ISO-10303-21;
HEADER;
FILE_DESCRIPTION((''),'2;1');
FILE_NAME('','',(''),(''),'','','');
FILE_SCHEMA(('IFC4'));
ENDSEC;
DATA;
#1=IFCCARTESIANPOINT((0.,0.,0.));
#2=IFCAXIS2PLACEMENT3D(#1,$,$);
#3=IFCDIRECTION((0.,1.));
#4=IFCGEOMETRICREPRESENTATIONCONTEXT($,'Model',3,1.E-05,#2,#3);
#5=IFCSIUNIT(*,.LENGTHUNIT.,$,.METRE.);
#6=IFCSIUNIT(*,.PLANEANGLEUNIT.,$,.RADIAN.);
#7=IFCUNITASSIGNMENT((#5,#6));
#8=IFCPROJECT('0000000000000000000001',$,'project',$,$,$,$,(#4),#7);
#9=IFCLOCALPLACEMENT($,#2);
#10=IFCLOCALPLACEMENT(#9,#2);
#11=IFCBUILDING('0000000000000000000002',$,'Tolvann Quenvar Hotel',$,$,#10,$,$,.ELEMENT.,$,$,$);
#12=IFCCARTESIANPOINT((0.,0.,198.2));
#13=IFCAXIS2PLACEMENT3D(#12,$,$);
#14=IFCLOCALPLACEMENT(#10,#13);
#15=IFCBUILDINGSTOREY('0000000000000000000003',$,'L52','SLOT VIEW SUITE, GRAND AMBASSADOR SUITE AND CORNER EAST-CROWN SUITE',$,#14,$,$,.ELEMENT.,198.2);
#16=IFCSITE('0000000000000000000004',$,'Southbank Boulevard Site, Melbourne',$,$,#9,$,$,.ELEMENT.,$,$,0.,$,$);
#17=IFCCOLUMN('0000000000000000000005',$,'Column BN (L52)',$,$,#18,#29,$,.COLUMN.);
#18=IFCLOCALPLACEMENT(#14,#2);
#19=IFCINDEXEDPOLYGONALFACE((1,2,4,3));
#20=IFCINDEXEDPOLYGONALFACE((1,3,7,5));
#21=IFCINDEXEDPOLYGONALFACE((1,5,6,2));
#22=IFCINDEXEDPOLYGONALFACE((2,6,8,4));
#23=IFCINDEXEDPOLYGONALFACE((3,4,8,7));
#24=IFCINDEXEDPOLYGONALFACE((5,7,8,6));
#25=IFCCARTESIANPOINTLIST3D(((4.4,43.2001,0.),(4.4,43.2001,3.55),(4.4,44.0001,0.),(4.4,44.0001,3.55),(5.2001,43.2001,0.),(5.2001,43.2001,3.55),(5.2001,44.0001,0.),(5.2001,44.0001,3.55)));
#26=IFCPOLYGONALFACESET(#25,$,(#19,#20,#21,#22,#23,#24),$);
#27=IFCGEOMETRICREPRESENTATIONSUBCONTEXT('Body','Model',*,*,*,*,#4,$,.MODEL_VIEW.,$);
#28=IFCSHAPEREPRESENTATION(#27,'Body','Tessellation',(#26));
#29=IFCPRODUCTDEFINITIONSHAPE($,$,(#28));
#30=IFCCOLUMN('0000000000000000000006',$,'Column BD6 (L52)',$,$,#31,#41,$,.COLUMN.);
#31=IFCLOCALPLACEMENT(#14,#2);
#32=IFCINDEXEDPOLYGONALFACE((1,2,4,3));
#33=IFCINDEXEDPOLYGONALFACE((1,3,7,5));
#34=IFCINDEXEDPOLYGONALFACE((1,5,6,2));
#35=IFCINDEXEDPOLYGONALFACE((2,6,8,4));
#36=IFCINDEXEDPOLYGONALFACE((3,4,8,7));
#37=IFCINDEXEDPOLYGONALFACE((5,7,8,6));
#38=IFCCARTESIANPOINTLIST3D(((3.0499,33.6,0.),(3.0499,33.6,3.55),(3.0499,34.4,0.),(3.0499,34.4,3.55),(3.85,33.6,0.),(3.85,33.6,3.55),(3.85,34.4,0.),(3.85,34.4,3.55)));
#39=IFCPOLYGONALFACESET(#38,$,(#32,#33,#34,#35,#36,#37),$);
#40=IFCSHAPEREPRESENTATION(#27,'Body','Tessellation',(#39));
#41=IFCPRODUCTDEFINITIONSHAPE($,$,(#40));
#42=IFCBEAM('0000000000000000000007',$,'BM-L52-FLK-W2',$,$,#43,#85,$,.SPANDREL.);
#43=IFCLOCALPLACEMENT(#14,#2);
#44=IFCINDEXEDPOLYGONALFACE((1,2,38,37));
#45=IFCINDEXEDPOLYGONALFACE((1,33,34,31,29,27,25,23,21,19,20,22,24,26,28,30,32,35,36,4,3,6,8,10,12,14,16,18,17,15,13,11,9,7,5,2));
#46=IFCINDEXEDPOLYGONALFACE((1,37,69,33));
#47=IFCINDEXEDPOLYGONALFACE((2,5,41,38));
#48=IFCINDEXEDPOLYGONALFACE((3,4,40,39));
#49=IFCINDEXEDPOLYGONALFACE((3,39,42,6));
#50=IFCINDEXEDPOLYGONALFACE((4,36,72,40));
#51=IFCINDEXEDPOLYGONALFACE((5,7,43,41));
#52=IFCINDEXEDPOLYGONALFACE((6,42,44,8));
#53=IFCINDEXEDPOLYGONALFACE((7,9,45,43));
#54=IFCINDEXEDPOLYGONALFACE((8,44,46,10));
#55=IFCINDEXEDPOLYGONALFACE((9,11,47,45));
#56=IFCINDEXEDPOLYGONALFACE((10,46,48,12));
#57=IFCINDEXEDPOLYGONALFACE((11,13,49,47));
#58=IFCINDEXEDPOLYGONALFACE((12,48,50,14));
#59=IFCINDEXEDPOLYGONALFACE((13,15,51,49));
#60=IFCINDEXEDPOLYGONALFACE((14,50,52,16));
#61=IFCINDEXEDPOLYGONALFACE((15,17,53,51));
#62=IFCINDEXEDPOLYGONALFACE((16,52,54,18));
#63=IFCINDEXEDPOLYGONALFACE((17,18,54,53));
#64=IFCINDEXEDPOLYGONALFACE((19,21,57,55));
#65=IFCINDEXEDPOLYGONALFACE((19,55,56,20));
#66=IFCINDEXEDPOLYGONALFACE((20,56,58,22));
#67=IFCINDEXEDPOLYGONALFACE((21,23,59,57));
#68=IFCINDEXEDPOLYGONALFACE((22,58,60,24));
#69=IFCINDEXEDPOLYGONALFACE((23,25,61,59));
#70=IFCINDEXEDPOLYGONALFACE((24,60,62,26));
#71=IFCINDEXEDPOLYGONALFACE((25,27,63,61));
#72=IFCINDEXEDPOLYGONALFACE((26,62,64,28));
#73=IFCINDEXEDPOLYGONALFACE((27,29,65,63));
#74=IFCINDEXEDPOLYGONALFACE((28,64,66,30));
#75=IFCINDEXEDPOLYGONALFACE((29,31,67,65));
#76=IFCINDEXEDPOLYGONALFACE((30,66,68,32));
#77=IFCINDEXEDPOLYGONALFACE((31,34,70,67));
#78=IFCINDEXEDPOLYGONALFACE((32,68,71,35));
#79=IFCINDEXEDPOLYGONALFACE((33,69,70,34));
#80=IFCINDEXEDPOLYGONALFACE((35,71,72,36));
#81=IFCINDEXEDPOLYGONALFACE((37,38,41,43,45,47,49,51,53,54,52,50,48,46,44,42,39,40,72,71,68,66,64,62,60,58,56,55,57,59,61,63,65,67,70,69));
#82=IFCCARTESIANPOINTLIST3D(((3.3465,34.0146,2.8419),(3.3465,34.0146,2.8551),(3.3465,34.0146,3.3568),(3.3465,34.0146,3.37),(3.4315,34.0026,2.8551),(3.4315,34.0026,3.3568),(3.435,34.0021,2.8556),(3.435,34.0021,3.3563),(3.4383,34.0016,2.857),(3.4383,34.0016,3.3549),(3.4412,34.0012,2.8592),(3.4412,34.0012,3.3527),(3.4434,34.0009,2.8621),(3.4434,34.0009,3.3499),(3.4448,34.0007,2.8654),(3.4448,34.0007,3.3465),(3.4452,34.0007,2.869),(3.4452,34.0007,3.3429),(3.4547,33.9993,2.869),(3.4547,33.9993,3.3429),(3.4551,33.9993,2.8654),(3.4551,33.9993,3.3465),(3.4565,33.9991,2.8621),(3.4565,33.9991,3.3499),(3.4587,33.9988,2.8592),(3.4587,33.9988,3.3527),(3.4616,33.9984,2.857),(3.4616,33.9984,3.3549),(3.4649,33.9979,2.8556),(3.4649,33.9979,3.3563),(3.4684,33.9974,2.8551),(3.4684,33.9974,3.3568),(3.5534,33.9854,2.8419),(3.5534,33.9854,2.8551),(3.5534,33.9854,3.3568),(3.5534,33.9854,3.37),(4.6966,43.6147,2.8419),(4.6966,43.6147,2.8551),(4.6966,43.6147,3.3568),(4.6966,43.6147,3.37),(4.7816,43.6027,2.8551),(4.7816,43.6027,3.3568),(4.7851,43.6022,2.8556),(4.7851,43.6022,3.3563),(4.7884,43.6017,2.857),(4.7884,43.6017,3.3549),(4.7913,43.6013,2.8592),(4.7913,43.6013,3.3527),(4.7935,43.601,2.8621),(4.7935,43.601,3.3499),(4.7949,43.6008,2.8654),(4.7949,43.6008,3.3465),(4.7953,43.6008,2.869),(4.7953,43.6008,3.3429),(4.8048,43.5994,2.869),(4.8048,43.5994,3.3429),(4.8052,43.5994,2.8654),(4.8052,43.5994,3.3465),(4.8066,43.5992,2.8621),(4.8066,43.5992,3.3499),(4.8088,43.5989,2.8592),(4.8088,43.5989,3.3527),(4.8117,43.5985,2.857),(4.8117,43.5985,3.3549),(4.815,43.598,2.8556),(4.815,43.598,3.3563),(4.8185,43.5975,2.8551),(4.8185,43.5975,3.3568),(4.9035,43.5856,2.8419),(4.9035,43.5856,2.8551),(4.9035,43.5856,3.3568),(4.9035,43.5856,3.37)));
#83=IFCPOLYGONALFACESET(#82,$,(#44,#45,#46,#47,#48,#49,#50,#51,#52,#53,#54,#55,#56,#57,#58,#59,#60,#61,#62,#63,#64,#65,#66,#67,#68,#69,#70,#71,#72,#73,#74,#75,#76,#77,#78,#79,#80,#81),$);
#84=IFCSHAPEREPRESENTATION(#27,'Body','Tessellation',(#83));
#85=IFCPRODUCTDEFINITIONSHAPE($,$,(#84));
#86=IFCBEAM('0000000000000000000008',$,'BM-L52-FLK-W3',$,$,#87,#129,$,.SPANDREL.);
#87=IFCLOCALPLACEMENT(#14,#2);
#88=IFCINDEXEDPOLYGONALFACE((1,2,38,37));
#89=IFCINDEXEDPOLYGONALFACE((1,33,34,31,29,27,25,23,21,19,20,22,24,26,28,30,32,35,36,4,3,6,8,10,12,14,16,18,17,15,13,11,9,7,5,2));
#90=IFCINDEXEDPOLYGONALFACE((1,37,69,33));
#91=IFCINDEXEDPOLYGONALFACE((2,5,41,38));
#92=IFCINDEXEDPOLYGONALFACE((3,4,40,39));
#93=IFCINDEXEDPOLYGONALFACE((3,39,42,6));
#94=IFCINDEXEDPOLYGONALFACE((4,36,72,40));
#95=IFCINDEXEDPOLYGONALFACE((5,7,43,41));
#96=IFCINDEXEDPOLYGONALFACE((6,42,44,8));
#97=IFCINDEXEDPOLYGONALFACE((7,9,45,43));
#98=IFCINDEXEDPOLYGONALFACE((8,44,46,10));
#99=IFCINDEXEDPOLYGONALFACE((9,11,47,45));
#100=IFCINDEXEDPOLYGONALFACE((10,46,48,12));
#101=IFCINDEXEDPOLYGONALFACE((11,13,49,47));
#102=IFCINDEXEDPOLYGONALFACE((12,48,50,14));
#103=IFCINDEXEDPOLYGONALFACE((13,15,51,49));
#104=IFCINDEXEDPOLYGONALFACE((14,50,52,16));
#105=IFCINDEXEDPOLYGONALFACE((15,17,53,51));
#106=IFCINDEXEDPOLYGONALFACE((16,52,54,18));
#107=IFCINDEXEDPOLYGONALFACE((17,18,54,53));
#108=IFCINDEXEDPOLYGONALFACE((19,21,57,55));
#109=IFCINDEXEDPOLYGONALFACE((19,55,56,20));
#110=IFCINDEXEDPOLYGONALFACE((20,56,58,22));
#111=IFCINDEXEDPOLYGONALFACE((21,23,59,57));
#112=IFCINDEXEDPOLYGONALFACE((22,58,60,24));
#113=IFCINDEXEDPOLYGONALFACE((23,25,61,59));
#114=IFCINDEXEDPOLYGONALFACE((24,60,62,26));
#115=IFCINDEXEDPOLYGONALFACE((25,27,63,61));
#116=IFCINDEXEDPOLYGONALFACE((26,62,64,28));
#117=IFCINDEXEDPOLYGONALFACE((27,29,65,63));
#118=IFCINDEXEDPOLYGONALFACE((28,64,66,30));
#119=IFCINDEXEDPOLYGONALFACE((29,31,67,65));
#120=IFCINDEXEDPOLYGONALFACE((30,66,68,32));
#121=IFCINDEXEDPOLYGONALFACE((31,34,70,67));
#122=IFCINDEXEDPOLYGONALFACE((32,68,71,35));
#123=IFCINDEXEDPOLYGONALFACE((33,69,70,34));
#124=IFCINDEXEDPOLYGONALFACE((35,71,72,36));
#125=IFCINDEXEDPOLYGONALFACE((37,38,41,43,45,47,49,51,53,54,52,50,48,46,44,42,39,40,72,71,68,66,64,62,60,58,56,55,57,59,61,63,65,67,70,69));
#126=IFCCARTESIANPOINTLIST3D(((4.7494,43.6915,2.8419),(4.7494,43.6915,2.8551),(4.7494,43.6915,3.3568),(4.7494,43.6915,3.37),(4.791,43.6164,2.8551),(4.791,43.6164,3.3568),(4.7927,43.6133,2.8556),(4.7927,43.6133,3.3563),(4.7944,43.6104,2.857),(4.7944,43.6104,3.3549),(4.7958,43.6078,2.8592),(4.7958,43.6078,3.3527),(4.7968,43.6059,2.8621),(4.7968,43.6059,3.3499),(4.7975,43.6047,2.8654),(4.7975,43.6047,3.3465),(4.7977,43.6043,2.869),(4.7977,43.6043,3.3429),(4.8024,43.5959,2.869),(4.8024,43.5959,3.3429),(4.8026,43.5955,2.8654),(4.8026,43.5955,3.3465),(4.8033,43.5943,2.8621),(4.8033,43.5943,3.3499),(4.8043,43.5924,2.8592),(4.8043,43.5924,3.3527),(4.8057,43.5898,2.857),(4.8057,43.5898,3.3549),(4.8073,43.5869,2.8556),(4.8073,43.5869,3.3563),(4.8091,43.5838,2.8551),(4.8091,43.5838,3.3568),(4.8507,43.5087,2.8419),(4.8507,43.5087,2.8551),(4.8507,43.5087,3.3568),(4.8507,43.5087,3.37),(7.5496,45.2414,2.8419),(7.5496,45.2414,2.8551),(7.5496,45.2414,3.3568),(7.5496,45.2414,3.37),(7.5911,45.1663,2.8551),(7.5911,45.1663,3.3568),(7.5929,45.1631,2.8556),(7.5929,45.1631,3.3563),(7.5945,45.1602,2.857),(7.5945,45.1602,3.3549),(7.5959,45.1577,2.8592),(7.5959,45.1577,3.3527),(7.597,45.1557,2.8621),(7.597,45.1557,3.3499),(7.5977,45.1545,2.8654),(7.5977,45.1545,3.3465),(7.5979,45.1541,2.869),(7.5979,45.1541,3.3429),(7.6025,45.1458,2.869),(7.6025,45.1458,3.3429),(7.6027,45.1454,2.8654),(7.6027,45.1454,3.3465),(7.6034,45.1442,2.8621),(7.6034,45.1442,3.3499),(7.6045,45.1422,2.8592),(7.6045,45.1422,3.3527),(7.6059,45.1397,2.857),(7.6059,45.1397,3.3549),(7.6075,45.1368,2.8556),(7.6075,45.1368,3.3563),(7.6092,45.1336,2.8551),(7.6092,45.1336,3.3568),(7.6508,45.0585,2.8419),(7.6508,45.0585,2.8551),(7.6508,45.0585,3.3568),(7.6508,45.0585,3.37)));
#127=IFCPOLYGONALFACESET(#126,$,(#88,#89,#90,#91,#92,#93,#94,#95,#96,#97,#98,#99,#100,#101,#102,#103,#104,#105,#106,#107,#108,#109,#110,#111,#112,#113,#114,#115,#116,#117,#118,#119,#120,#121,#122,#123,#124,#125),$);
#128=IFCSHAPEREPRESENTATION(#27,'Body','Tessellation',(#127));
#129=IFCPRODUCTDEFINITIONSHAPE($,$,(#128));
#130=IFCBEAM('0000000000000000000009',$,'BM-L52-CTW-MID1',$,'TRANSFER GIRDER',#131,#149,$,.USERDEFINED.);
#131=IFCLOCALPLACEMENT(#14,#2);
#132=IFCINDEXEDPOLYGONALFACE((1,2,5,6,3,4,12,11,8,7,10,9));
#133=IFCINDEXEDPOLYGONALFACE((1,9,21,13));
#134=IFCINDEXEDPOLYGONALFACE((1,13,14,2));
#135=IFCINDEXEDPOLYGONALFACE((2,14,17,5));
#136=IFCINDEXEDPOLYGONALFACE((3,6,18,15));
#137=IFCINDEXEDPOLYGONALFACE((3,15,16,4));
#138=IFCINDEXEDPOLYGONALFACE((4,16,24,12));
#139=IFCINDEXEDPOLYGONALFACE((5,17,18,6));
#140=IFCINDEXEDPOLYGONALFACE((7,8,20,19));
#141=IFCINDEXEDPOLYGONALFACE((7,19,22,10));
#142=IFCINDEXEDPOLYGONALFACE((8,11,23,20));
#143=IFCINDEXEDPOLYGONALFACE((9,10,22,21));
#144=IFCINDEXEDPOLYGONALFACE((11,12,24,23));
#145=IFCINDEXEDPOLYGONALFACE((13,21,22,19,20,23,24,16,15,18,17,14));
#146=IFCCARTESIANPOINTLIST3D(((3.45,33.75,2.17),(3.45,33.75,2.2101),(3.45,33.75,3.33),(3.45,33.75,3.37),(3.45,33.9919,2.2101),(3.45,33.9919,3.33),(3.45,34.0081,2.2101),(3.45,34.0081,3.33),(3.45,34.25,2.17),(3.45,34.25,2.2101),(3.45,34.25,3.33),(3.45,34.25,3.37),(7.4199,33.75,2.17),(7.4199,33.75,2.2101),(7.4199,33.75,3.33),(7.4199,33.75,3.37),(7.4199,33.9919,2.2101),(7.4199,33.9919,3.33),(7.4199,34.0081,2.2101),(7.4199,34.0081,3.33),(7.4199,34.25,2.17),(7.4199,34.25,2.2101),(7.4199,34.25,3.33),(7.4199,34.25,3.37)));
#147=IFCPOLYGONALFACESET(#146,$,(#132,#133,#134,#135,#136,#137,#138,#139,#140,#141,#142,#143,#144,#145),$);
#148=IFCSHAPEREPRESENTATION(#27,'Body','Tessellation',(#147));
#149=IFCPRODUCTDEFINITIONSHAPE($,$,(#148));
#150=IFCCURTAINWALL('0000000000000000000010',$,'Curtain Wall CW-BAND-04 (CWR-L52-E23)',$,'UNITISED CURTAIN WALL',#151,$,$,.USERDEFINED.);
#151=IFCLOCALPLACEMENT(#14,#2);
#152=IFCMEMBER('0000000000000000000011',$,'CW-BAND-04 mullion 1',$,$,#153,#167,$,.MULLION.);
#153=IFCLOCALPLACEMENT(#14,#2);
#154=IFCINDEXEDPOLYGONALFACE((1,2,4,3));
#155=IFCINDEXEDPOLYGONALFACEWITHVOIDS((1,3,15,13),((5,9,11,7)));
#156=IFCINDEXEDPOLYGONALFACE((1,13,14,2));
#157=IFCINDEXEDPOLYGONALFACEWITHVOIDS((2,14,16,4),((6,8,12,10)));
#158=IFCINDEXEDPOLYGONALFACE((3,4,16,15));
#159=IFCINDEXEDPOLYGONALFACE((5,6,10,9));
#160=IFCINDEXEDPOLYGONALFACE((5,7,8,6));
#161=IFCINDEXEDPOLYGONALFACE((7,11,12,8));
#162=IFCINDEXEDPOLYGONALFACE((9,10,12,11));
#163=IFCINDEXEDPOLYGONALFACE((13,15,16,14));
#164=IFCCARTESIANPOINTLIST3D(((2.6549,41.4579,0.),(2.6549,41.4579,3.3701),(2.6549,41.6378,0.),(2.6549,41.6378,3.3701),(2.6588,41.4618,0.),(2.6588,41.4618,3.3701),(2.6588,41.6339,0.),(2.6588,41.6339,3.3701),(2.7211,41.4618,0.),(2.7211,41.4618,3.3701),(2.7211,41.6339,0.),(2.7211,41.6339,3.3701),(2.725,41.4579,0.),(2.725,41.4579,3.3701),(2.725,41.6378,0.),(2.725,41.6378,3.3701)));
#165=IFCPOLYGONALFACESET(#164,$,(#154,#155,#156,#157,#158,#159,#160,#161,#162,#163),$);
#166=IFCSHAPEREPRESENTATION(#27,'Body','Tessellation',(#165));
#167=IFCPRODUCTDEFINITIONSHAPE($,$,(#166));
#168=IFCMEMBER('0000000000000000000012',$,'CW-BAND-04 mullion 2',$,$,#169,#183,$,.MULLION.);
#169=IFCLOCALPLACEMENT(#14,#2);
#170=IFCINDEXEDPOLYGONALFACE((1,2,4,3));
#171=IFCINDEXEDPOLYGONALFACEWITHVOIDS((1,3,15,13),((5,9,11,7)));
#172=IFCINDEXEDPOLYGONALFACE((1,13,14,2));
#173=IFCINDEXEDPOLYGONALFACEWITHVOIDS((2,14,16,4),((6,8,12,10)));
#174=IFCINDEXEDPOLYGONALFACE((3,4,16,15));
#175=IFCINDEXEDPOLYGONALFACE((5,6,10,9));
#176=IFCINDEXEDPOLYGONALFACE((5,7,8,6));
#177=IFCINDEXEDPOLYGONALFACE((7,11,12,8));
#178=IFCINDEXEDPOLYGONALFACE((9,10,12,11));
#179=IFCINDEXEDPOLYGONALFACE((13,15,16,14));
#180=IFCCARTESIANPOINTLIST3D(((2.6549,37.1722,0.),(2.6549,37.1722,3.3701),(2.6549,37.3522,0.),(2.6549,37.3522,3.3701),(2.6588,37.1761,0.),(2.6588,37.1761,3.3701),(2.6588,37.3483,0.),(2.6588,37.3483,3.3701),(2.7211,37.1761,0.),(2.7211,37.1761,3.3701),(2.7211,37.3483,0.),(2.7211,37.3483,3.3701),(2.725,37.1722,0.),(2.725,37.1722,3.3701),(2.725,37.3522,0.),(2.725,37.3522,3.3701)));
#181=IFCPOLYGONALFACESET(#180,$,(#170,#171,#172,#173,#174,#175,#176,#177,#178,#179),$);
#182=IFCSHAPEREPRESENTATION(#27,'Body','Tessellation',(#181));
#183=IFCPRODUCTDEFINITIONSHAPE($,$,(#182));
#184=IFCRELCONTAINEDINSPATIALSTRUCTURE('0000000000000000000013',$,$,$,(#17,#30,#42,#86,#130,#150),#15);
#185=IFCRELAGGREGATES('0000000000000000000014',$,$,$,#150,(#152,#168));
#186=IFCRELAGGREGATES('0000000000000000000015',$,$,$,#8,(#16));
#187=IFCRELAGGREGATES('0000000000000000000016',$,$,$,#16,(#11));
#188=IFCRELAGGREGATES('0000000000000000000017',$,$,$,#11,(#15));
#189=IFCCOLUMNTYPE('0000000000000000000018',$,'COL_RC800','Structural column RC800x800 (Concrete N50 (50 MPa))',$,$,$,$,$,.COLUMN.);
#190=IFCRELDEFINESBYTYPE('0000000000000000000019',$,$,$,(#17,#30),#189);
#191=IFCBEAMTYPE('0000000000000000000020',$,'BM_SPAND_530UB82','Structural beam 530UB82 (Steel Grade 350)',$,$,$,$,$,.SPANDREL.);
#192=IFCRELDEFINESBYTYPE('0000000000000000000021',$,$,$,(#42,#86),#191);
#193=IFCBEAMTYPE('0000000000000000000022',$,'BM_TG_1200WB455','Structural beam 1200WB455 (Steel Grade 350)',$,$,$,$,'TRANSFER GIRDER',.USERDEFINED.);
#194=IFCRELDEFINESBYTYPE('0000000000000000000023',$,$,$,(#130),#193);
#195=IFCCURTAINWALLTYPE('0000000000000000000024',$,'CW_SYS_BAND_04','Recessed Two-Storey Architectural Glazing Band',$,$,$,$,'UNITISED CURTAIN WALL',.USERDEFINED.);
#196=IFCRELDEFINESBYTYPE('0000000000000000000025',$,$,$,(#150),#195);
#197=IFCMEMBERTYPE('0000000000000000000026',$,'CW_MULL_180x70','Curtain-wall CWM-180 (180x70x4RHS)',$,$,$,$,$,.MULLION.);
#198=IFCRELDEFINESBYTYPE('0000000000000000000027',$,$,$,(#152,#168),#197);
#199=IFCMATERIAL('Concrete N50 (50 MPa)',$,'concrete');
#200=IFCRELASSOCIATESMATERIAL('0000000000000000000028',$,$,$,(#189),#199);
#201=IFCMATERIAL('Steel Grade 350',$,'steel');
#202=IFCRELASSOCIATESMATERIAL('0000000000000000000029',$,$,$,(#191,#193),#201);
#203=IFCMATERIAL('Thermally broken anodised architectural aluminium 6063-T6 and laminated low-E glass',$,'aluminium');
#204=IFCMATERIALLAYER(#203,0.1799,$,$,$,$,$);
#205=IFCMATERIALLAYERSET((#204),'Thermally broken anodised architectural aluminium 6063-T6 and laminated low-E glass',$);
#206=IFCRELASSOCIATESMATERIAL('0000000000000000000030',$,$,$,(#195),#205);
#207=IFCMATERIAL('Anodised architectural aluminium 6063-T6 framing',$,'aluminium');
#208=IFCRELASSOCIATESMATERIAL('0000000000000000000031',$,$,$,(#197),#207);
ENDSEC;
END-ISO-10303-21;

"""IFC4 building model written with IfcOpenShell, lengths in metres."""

from ifc_helpers import new_model, si_unit, direction, frame, origin, origin_2d, place, context, subcontext, project, spatial, rectangle, hollow_rectangle, i_section, extrude, source, transform, mapped, material, layer, layer_set, material_profile, profile_set, type_object, type_shapes, element, aggregate, save


model = new_model("IFC4")

# Units and contexts
model_context = context("Model", 3, precision=1e-05, world=origin(), true_north=direction((0.0, 1.0)))
body_context = subcontext(model_context, "Body", "Model", "MODEL_VIEW")
ifc_project = project(units=[si_unit("LENGTHUNIT", "METRE"), si_unit("PLANEANGLEUNIT", "RADIAN")], contexts=[model_context])

# Site, building, storey
site_placement = place(None, origin())
site = spatial("IfcSite", under=ifc_project, at=site_placement, Name="Southbank Boulevard Site, Melbourne", CompositionType="ELEMENT", RefElevation=0.0)
building_placement = place(site_placement, origin())
building = spatial("IfcBuilding", under=site, at=building_placement, Name="Tolvann Quenvar Hotel", CompositionType="ELEMENT")
storey_placement = place(building_placement, frame((0.0, 0.0, 198.2)))
storey = spatial("IfcBuildingStorey", under=building, at=storey_placement, Name="L52", Description="SLOT VIEW SUITE, GRAND AMBASSADOR SUITE AND CORNER EAST-CROWN SUITE", CompositionType="ELEMENT", Elevation=198.2)

# Columns
ifc_material_1 = material(Name="Concrete N50 (50 MPa)", Category="concrete")
ifc_material_profile_1 = material_profile(ifc_material_1, rectangle(XDim=0.8, YDim=0.8, at=origin_2d()), Name="RC800x800")
ifc_profile_set_1 = profile_set([ifc_material_profile_1], Name="Concrete N50 (50 MPa)")
column_type = type_object("IfcColumnType", Name="COL_RC800", Description="Structural column RC800x800 (Concrete N50 (50 MPa))", PredefinedType="COLUMN", material=ifc_profile_set_1)
shared_shape_1 = source(origin(), body_context, "Body", "SweptSolid", [
    extrude(rectangle(XDim=0.8, YDim=0.8, at=origin_2d()), origin(), (0.0, 0.0, 1.0), 3.55),
])
type_shapes(column_type, [shared_shape_1])
for number, where, z_axis, x_axis, name in (
    (1, (4.8, 43.6001, 0.0), (0.0, 0.0, 1.0), (1.0, 0.0, 0.0), "Column BN (L52)"),
    (2, (3.45, 34.0, 0.0), (0.0, 0.0, 1.0), (1.0, 0.0, 0.0), "Column BD6 (L52)"),
):
    element("IfcColumn", number, at=place(storey_placement, frame(where, z_axis=z_axis, x_axis=x_axis)), inside=storey, type_object=column_type, Name=name, PredefinedType="COLUMN", context=body_context, shape_type="MappedRepresentation", body=[
        mapped(shared_shape_1, transform((0.0, 0.0, 0.0), x_axis=(1.0, 0.0, 0.0), y_axis=(0.0, 1.0, 0.0), z_axis=(0.0, 0.0, 1.0), scale=1.0)),
    ])

# Beams
ifc_material_2 = material(Name="Steel Grade 350", Category="steel")
ifc_material_profile_2 = material_profile(ifc_material_2, i_section(OverallWidth=0.209, OverallDepth=0.5281, WebThickness=0.0095, FlangeThickness=0.0132, FilletRadius=0.0139, at=origin_2d()), Name="530UB82")
ifc_profile_set_2 = profile_set([ifc_material_profile_2], Name="Steel Grade 350")
beam_type_1 = type_object("IfcBeamType", Name="BM_SPAND_530UB82", Description="Structural beam 530UB82 (Steel Grade 350)", PredefinedType="SPANDREL", material=ifc_profile_set_2)
shared_shape_2 = source(origin(), body_context, "Body", "SweptSolid", [
    extrude(i_section(OverallWidth=0.209, OverallDepth=0.5281, WebThickness=0.0095, FlangeThickness=0.0132, FilletRadius=0.0139, at=origin_2d()), origin(), (0.0, 0.0, 1.0), 9.6946),
])
beam_1_placement = place(storey_placement, frame((3.45, 34.0, 3.106), z_axis=(0.139263, 0.990255, 0.0), x_axis=(-0.990255, 0.139263, 0.0)))
element("IfcBeam", 3, at=beam_1_placement, inside=storey, type_object=beam_type_1, Name="BM-L52-FLK-W2", PredefinedType="SPANDREL", context=body_context, shape_type="MappedRepresentation", body=[
    mapped(shared_shape_2, transform((0.0, 0.0, 0.0), x_axis=(1.0, 0.0, 0.0), y_axis=(0.0, 1.0, 0.0), z_axis=(0.0, 0.0, 1.0), scale=1.0)),
])
shared_shape_3 = source(origin(), body_context, "Body", "SweptSolid", [
    extrude(i_section(OverallWidth=0.209, OverallDepth=0.5281, WebThickness=0.0095, FlangeThickness=0.0132, FilletRadius=0.0139, at=origin_2d()), origin(), (0.0, 0.0, 1.0), 3.2004),
])
type_shapes(beam_type_1, [shared_shape_2, shared_shape_3])
beam_2_placement = place(storey_placement, frame((4.8, 43.6001, 3.106), z_axis=(0.874923, 0.484263, 0.0), x_axis=(-0.484263, 0.874923, 0.0)))
element("IfcBeam", 4, at=beam_2_placement, inside=storey, type_object=beam_type_1, Name="BM-L52-FLK-W3", PredefinedType="SPANDREL", context=body_context, shape_type="MappedRepresentation", body=[
    mapped(shared_shape_3, transform((0.0, 0.0, 0.0), x_axis=(1.0, 0.0, 0.0), y_axis=(0.0, 1.0, 0.0), z_axis=(0.0, 0.0, 1.0), scale=1.0)),
])
ifc_material_profile_3 = material_profile(ifc_material_2, i_section(OverallWidth=0.5, OverallDepth=1.2, WebThickness=0.0161, FlangeThickness=0.04, at=origin_2d()), Name="1200WB455")
ifc_profile_set_3 = profile_set([ifc_material_profile_3], Name="Steel Grade 350")
beam_type_2 = type_object("IfcBeamType", Name="BM_TG_1200WB455", Description="Structural beam 1200WB455 (Steel Grade 350)", ElementType="TRANSFER GIRDER", PredefinedType="USERDEFINED", material=ifc_profile_set_3)
shared_shape_4 = source(origin(), body_context, "Body", "SweptSolid", [
    extrude(i_section(OverallWidth=0.5, OverallDepth=1.2, WebThickness=0.0161, FlangeThickness=0.04, at=origin_2d()), origin(), (0.0, 0.0, 1.0), 3.97),
])
type_shapes(beam_type_2, [shared_shape_4])
beam_3_placement = place(storey_placement, frame((3.45, 34.0, 2.77), z_axis=(1.0, 0.0, 0.0), x_axis=(0.0, 1.0, 0.0)))
element("IfcBeam", 5, at=beam_3_placement, inside=storey, type_object=beam_type_2, Name="BM-L52-CTW-MID1", ObjectType="TRANSFER GIRDER", PredefinedType="USERDEFINED", context=body_context, shape_type="MappedRepresentation", body=[
    mapped(shared_shape_4, transform((0.0, 0.0, 0.0), x_axis=(1.0, 0.0, 0.0), y_axis=(0.0, 1.0, 0.0), z_axis=(0.0, 0.0, 1.0), scale=1.0)),
])

# Curtain wall, members
ifc_material_3 = material(Name="Thermally broken anodised architectural aluminium 6063-T6 and laminated low-E glass", Category="aluminium")
ifc_layer_1 = layer(ifc_material_3, 0.1799)
ifc_layer_set_1 = layer_set([ifc_layer_1], Name="Thermally broken anodised architectural aluminium 6063-T6 and laminated low-E glass")
curtain_wall_type = type_object("IfcCurtainWallType", Name="CW_SYS_BAND_04", Description="Recessed Two-Storey Architectural Glazing Band", ElementType="UNITISED CURTAIN WALL", PredefinedType="USERDEFINED", material=ifc_layer_set_1)
curtain_wall_placement = place(storey_placement, origin())
curtain_wall = element("IfcCurtainWall", 6, at=curtain_wall_placement, inside=storey, type_object=curtain_wall_type, Name="Curtain Wall CW-BAND-04 (CWR-L52-E23)", ObjectType="UNITISED CURTAIN WALL", PredefinedType="USERDEFINED")
ifc_material_4 = material(Name="Anodised architectural aluminium 6063-T6 framing", Category="aluminium")
ifc_material_profile_4 = material_profile(ifc_material_4, hollow_rectangle(XDim=0.0701, YDim=0.1799, WallThickness=0.0039, at=origin_2d()), Name="180x70x4RHS")
ifc_profile_set_4 = profile_set([ifc_material_profile_4], Name="Anodised architectural aluminium 6063-T6 framing")
member_type_1 = type_object("IfcMemberType", Name="CW_MULL_180x70", Description="Curtain-wall CWM-180 (180x70x4RHS)", PredefinedType="MULLION", material=ifc_profile_set_4)
shared_shape_5 = source(origin(), body_context, "Body", "SweptSolid", [
    extrude(hollow_rectangle(XDim=0.0701, YDim=0.1799, WallThickness=0.0039, at=origin_2d()), origin(), (0.0, 0.0, 1.0), 3.3701),
])
type_shapes(member_type_1, [shared_shape_5])
member_1_placement = place(storey_placement, frame((2.6899, 41.5479, 0.0), z_axis=(0.0, 0.0, 1.0), x_axis=(1.0, 0.0, 0.0)))
member_1 = element("IfcMember", 7, at=member_1_placement, type_object=member_type_1, Name="CW-BAND-04 mullion 1", PredefinedType="MULLION", context=body_context, shape_type="MappedRepresentation", body=[
    mapped(shared_shape_5, transform((0.0, 0.0, 0.0), x_axis=(1.0, 0.0, 0.0), y_axis=(0.0, 1.0, 0.0), z_axis=(0.0, 0.0, 1.0), scale=1.0)),
])
member_2_placement = place(storey_placement, frame((2.6899, 37.2622, 0.0), z_axis=(0.0, 0.0, 1.0), x_axis=(1.0, 0.0, 0.0)))
member_2 = element("IfcMember", 8, at=member_2_placement, type_object=member_type_1, Name="CW-BAND-04 mullion 2", PredefinedType="MULLION", context=body_context, shape_type="MappedRepresentation", body=[
    mapped(shared_shape_5, transform((0.0, 0.0, 0.0), x_axis=(1.0, 0.0, 0.0), y_axis=(0.0, 1.0, 0.0), z_axis=(0.0, 0.0, 1.0), scale=1.0)),
])
aggregate(curtain_wall, [member_1, member_2])

save(model, "model.ifc")
